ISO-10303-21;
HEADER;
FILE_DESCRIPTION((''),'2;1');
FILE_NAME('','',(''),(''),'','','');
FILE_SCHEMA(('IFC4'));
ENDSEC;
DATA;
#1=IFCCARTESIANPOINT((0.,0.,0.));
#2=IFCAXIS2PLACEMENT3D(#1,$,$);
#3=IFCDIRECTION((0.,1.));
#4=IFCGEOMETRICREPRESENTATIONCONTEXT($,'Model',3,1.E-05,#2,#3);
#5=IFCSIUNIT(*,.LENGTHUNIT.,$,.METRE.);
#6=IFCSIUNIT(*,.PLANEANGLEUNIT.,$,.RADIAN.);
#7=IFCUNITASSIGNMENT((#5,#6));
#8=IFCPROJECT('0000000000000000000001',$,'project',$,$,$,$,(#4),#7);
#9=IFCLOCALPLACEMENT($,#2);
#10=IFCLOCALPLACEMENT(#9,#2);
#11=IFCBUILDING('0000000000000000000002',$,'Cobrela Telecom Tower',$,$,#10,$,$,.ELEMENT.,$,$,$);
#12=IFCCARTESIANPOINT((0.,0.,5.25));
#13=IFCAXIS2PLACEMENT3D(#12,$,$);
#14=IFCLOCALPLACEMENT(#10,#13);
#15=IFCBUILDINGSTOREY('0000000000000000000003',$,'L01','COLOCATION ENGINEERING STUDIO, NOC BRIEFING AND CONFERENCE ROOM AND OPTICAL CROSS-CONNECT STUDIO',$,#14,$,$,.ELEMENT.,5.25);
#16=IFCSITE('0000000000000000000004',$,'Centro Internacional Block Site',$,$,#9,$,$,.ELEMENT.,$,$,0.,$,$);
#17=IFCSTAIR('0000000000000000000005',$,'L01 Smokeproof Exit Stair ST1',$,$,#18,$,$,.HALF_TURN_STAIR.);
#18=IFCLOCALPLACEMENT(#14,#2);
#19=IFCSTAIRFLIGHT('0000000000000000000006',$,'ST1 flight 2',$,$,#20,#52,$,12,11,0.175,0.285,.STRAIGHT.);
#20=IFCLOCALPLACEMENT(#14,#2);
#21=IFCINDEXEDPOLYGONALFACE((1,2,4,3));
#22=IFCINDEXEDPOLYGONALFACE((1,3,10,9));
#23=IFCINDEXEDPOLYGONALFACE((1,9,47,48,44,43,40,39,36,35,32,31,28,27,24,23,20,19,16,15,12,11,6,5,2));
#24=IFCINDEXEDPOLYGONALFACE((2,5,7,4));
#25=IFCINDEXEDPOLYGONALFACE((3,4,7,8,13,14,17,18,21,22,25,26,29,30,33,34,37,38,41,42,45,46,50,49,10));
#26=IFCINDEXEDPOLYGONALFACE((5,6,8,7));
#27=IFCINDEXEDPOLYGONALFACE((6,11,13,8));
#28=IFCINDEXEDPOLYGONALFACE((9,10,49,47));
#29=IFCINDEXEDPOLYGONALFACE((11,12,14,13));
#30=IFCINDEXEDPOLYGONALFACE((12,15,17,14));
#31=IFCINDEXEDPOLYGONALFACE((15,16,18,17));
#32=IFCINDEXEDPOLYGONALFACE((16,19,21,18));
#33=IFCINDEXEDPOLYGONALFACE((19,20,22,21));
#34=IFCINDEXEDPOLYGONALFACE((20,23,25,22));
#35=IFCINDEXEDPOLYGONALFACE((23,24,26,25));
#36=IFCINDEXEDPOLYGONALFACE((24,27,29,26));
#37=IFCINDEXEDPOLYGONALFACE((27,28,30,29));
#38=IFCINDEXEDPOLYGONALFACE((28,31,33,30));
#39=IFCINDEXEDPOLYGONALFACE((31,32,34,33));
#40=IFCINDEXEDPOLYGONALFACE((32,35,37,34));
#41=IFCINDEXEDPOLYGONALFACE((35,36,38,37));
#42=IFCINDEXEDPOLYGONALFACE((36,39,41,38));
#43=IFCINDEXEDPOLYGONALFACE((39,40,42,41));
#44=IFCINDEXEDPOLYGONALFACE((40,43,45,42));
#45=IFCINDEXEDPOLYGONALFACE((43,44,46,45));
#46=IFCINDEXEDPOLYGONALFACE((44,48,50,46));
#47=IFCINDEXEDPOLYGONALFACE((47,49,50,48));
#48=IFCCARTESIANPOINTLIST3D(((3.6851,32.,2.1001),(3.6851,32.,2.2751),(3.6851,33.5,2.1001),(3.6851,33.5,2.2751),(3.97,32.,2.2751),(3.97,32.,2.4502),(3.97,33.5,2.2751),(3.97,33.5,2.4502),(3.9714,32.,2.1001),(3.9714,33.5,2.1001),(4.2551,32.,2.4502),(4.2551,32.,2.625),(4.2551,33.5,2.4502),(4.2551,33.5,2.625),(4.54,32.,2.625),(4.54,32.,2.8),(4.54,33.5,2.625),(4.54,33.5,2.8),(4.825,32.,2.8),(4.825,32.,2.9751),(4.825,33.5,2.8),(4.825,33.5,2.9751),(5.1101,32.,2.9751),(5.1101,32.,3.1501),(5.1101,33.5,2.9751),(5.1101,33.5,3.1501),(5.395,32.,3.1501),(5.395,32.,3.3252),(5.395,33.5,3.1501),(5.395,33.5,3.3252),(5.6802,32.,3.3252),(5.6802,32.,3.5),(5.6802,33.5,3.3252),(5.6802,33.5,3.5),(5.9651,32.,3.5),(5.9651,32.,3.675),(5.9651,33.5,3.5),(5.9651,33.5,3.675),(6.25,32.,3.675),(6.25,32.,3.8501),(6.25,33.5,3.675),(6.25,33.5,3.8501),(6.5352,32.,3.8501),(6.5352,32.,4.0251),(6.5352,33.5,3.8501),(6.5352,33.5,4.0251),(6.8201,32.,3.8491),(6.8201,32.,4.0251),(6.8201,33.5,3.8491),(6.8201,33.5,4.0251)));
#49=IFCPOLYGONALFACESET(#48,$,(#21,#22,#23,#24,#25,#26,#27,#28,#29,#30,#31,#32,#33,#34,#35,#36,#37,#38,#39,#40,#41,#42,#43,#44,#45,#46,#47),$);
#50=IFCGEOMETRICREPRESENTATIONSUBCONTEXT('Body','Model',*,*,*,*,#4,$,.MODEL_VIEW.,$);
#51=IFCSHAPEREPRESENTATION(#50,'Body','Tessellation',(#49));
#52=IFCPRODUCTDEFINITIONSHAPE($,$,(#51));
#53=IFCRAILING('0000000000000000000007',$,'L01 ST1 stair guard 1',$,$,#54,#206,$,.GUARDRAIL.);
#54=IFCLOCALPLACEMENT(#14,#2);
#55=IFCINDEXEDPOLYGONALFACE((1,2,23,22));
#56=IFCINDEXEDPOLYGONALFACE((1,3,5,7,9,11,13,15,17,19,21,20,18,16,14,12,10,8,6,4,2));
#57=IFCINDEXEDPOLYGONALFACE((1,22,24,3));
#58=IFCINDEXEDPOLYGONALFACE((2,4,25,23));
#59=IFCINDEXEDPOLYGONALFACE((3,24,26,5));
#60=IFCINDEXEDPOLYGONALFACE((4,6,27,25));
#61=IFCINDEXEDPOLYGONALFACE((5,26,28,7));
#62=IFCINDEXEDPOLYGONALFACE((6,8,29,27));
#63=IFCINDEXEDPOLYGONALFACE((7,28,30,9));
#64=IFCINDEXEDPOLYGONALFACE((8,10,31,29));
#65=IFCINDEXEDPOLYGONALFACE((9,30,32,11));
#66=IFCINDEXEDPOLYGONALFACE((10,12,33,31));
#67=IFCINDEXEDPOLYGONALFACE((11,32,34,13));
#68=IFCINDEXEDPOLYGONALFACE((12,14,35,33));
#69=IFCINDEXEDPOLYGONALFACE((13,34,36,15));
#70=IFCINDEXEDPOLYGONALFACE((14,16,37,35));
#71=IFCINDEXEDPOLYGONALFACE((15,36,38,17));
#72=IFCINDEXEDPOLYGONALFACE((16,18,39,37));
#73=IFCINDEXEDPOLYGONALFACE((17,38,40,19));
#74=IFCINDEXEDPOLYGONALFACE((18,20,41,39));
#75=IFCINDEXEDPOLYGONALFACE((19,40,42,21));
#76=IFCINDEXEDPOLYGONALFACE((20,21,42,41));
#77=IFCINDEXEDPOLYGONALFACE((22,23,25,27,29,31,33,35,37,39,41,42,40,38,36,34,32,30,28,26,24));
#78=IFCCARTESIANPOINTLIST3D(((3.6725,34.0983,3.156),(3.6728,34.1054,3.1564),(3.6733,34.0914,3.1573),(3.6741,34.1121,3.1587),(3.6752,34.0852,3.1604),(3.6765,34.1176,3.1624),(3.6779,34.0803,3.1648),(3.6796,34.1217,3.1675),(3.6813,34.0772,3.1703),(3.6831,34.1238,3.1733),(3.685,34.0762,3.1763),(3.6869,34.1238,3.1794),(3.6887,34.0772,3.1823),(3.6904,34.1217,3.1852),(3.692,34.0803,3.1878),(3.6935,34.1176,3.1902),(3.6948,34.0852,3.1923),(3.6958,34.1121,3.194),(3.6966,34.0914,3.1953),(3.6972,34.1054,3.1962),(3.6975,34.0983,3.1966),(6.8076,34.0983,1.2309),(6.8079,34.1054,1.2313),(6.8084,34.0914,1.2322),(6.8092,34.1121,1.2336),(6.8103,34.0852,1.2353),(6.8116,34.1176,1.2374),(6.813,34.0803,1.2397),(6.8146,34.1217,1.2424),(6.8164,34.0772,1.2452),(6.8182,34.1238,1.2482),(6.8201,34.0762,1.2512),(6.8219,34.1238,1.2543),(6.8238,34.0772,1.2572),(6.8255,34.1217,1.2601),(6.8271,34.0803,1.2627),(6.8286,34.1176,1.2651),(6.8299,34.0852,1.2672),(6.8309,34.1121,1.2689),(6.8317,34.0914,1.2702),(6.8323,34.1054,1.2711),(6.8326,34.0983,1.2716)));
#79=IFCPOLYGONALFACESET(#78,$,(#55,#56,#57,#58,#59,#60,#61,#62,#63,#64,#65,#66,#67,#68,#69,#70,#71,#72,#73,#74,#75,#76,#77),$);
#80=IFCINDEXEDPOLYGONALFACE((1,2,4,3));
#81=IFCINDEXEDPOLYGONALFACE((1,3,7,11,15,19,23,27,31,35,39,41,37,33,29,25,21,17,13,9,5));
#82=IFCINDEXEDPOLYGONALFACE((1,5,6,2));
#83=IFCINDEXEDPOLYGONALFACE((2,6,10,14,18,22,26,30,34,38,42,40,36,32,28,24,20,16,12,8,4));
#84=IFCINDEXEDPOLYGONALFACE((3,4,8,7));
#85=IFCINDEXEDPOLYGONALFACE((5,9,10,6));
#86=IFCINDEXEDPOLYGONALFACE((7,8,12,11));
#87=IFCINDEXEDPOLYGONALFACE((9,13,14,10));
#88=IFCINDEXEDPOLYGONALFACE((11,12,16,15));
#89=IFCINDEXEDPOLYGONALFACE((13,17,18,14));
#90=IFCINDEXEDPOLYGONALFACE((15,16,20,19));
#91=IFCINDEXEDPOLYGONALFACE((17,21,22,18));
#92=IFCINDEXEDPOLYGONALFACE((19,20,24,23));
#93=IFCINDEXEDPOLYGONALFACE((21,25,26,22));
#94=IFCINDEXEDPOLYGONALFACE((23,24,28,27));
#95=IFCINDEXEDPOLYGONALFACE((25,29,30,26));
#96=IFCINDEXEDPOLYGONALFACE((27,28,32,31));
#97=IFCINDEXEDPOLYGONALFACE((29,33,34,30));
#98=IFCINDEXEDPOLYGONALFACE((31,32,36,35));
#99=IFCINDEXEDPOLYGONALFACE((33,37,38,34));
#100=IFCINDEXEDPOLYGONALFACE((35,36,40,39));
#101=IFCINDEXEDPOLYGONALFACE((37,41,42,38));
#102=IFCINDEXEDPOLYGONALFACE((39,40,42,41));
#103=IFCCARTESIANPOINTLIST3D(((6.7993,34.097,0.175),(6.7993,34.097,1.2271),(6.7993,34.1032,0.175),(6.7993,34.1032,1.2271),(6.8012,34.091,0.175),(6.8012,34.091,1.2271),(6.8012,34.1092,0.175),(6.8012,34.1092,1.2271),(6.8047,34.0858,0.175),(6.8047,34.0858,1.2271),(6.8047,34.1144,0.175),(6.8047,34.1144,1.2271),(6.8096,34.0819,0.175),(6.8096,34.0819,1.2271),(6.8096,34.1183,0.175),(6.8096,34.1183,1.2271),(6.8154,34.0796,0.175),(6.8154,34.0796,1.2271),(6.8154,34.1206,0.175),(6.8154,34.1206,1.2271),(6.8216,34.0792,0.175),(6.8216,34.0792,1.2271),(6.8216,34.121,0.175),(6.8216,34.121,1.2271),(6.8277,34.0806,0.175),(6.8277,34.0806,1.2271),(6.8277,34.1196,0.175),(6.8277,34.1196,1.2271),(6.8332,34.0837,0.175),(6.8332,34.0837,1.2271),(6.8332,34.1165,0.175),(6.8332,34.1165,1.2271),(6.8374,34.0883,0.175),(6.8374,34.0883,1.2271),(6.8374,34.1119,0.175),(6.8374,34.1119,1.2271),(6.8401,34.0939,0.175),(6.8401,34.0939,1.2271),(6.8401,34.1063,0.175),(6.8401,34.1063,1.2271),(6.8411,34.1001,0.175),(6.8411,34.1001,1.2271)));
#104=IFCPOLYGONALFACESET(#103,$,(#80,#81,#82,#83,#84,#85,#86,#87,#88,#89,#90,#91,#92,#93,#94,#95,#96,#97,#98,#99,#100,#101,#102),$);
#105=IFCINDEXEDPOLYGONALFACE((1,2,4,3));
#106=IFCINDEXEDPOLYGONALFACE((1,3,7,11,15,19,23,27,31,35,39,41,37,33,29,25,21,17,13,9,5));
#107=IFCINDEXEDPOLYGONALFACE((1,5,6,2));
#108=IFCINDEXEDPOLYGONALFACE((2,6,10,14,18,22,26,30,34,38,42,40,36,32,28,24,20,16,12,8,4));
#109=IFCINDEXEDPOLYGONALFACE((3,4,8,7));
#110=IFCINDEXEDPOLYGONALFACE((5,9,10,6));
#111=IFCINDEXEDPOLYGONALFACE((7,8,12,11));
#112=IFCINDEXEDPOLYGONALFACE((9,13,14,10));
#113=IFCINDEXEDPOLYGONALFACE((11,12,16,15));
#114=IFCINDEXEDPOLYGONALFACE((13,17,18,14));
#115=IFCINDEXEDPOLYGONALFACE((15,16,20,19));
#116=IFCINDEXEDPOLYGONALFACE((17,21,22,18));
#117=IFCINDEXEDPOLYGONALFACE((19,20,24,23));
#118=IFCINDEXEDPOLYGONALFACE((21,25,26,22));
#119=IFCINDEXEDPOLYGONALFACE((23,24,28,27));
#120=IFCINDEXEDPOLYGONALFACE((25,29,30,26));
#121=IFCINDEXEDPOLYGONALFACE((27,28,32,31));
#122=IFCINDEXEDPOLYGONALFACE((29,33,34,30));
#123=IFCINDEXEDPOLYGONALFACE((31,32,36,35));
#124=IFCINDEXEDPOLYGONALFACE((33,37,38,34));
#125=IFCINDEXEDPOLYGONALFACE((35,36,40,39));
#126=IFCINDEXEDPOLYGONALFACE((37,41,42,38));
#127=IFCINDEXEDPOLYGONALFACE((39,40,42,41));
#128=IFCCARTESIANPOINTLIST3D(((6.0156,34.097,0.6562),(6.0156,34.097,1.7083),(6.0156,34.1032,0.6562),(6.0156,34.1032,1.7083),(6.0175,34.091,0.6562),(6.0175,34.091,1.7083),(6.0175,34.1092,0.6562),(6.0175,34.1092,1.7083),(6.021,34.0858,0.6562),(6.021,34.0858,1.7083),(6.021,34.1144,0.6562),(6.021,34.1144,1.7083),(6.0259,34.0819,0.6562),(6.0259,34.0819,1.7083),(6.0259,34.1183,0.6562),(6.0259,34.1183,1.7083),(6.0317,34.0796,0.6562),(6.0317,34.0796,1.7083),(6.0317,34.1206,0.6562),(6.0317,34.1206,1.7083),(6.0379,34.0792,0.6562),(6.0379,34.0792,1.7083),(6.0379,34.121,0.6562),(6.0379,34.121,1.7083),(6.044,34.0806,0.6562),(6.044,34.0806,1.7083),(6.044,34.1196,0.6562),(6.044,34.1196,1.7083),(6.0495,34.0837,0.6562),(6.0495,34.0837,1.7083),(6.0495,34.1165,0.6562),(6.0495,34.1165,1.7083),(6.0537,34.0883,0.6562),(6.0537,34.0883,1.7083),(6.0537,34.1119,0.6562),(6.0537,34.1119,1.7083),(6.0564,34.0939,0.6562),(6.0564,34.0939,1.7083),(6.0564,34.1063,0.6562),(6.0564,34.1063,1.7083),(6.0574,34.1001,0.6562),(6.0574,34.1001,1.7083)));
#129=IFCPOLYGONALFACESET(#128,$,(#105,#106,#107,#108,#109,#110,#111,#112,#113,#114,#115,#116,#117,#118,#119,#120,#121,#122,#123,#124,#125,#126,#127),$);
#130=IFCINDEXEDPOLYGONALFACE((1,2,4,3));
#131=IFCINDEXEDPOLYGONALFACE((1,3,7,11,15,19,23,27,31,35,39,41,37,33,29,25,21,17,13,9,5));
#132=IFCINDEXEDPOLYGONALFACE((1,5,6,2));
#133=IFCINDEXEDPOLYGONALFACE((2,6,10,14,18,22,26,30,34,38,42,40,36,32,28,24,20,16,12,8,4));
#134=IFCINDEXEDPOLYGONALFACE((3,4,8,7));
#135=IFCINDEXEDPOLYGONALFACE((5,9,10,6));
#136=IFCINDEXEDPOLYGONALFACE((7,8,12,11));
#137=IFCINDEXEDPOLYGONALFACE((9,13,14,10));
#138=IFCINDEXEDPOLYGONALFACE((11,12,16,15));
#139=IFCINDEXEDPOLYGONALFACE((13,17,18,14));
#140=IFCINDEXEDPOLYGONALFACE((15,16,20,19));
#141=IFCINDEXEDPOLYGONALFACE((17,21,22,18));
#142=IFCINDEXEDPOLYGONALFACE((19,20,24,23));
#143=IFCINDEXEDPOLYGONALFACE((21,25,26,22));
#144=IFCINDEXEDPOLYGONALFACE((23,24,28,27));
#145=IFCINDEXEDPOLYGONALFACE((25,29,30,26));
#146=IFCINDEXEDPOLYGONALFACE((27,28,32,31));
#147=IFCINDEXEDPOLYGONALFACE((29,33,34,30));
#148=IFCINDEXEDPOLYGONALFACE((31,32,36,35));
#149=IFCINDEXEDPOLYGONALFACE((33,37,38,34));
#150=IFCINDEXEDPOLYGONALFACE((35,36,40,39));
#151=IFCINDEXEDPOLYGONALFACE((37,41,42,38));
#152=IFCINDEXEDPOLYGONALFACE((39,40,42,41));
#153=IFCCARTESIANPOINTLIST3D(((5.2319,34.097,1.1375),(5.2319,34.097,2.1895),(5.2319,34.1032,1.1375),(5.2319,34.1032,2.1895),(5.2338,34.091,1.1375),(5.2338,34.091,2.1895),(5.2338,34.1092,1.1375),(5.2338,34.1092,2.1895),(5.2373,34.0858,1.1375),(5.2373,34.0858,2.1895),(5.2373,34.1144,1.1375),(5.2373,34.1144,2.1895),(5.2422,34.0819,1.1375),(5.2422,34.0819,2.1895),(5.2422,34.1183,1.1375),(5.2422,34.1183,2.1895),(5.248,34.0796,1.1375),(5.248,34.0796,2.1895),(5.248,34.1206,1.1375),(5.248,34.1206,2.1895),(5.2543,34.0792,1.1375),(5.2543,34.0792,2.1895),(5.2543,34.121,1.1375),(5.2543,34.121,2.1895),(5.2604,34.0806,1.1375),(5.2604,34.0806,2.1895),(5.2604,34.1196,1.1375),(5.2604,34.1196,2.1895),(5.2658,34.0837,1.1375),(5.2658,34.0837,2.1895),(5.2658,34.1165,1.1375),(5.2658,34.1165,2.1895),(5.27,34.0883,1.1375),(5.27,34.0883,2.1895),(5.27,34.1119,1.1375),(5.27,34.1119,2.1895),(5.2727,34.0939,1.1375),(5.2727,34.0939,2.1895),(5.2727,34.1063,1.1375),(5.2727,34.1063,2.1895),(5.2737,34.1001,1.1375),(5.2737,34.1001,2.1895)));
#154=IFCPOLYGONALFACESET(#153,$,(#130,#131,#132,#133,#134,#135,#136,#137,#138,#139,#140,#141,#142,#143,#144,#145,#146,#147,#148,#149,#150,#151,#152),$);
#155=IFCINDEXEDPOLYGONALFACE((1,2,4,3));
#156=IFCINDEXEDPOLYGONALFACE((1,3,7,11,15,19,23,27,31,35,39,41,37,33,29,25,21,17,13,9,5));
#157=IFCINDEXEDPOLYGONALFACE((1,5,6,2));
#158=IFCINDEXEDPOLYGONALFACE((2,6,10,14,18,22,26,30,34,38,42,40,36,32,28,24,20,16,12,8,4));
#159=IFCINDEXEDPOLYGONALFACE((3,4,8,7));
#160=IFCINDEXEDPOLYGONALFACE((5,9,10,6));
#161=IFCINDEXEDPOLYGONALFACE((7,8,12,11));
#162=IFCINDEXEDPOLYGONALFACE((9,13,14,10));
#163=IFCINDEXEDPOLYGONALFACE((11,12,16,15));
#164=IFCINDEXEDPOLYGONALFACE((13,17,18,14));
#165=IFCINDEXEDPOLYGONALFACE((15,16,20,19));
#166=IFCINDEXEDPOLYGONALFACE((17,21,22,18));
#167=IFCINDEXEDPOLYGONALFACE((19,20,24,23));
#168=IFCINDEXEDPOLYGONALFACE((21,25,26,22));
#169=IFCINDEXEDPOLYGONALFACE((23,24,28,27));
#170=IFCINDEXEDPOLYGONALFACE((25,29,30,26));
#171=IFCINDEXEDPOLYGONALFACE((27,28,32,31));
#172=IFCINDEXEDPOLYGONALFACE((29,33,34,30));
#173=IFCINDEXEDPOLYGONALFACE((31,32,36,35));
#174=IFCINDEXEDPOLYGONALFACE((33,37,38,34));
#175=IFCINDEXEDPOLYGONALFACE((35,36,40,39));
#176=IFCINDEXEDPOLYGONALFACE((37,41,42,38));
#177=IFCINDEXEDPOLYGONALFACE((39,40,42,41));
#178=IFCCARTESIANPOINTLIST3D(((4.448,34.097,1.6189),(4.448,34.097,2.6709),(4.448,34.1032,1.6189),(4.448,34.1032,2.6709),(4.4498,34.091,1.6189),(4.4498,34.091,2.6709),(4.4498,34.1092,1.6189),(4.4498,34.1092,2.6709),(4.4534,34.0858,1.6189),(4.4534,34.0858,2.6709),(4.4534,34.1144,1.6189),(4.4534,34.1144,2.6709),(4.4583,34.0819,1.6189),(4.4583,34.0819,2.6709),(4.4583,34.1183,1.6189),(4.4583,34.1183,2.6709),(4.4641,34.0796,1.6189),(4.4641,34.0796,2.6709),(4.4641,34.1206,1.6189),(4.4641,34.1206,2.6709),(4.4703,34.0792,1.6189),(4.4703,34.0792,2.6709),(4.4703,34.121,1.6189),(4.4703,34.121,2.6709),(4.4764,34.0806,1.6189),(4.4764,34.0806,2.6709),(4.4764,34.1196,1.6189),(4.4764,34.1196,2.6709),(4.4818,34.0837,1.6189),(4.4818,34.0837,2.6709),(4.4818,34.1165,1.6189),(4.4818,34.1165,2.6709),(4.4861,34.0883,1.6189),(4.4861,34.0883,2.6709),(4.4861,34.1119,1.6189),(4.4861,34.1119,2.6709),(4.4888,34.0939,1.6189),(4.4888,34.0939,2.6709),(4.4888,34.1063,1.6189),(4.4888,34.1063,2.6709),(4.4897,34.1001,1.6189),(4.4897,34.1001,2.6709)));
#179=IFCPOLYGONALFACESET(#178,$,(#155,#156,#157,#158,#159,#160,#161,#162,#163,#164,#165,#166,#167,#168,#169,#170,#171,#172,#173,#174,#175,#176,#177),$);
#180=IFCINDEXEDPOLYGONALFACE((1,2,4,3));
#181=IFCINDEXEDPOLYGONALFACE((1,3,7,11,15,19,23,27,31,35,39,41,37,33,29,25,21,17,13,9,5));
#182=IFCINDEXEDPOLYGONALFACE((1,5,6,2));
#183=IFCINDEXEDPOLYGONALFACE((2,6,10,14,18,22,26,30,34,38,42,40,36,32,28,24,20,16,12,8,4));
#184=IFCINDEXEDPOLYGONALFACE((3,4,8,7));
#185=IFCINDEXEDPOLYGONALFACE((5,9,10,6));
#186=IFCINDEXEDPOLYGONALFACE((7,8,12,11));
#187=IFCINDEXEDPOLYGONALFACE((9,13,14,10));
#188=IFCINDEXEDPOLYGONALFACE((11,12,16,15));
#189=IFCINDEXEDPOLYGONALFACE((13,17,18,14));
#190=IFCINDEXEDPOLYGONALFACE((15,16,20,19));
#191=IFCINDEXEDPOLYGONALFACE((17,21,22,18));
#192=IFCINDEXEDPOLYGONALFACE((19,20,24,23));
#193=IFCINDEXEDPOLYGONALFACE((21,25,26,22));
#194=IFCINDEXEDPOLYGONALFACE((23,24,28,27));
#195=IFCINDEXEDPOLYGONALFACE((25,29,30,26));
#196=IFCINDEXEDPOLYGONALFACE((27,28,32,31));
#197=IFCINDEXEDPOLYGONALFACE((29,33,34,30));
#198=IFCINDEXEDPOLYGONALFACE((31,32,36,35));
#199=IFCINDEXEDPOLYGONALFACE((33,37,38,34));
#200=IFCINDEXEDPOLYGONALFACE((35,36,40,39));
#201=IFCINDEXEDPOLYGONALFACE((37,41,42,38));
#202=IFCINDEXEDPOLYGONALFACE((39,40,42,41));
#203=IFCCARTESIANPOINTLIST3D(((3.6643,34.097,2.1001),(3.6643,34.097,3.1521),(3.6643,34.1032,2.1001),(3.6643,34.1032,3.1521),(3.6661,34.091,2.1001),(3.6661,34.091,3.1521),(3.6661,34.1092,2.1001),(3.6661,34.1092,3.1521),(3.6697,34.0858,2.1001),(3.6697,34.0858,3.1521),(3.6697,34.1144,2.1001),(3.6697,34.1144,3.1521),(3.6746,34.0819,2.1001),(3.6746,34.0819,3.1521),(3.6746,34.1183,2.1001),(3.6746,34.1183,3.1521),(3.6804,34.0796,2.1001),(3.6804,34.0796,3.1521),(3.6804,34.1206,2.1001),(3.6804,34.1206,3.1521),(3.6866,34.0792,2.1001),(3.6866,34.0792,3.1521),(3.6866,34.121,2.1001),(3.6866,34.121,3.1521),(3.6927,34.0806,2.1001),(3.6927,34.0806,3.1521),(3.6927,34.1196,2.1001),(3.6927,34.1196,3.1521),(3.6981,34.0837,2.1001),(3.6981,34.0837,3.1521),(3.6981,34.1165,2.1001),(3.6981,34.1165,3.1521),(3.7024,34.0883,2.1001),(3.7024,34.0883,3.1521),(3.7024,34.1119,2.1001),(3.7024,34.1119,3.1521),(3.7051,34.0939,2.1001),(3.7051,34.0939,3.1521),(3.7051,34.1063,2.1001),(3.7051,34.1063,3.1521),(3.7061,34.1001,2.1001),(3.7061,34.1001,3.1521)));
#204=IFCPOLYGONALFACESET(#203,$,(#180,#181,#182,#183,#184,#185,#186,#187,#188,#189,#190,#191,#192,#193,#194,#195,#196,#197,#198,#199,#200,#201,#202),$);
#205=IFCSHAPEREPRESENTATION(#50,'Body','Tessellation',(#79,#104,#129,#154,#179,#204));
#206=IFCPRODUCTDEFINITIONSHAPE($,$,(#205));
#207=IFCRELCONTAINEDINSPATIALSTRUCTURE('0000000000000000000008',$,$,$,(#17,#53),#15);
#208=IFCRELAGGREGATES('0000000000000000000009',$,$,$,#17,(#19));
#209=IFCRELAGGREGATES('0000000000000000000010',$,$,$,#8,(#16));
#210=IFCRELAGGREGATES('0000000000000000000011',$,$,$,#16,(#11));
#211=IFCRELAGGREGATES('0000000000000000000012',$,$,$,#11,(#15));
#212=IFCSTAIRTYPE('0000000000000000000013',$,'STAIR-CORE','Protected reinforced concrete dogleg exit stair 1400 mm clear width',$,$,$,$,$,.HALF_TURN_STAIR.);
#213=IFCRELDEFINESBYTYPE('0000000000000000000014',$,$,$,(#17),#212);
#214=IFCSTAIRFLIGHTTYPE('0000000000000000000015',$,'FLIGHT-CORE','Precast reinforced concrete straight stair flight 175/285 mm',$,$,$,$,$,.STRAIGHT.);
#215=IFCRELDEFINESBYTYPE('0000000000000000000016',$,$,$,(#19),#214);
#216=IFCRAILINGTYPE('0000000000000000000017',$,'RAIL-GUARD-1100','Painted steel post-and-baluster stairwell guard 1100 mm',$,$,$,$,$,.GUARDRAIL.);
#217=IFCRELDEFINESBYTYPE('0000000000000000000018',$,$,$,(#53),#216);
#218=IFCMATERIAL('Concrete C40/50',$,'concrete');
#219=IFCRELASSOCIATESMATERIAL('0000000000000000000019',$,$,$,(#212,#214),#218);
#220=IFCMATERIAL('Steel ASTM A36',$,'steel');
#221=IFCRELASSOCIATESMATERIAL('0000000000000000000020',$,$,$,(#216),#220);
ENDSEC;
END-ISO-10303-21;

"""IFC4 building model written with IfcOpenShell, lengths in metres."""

from ifc_helpers import new_model, si_unit, direction, frame, origin, origin_2d, place, context, subcontext, project, spatial, polyline, circle, outline, extrude, material, type_object, element, aggregate, save


model = new_model("IFC4")

# Units and contexts
model_context = context("Model", 3, precision=1e-05, world=origin(), true_north=direction((0.0, 1.0)))
body_context = subcontext(model_context, "Body", "Model", "MODEL_VIEW")
ifc_project = project(units=[si_unit("LENGTHUNIT", "METRE"), si_unit("PLANEANGLEUNIT", "RADIAN")], contexts=[model_context])

# Site, building, storey
site_placement = place(None, origin())
site = spatial("IfcSite", under=ifc_project, at=site_placement, Name="Centro Internacional Block Site", CompositionType="ELEMENT", RefElevation=0.0)
building_placement = place(site_placement, origin())
building = spatial("IfcBuilding", under=site, at=building_placement, Name="Cobrela Telecom Tower", CompositionType="ELEMENT")
storey_placement = place(building_placement, frame((0.0, 0.0, 5.25)))
storey = spatial("IfcBuildingStorey", under=building, at=storey_placement, Name="L01", Description="COLOCATION ENGINEERING STUDIO, NOC BRIEFING AND CONFERENCE ROOM AND OPTICAL CROSS-CONNECT STUDIO", CompositionType="ELEMENT", Elevation=5.25)

# Shared definitions
ifc_material_1 = material(Name="Steel ASTM A36", Category="steel")

# Shared definitions
ifc_material_2 = material(Name="Concrete C40/50", Category="concrete")

# Stair, stair flight
stair_type = type_object("IfcStairType", Name="STAIR-CORE", Description="Protected reinforced concrete dogleg exit stair 1400 mm clear width", PredefinedType="HALF_TURN_STAIR", material=ifc_material_2)
stair_placement = place(storey_placement, origin())
stair = element("IfcStair", 1, at=stair_placement, inside=storey, type_object=stair_type, Name="L01 Smokeproof Exit Stair ST1", PredefinedType="HALF_TURN_STAIR")
stair_flight_type = type_object("IfcStairFlightType", Name="FLIGHT-CORE", Description="Precast reinforced concrete straight stair flight 175/285 mm", PredefinedType="STRAIGHT", material=ifc_material_2)
stair_flight_placement = place(storey_placement, frame((3.6851, 32.75, 2.1001), z_axis=(0.0, 0.0, 1.0), x_axis=(1.0, 0.0, 0.0)))
stair_flight = element("IfcStairFlight", 2, at=stair_flight_placement, type_object=stair_flight_type, Name="ST1 flight 2", NumberOfRisers=12, NumberOfTreads=11, PredefinedType="STRAIGHT", RiserHeight=0.175, TreadLength=0.285, context=body_context, shape_type="SweptSolid", body=[
    extrude(outline(polyline([(0.0, 0.0), (0.0, 0.175), (0.2849, 0.175), (0.2849, 0.3501), (0.5701, 0.3501), (0.5701, 0.5249), (0.855, 0.5249), (0.855, 0.7), (1.1399, 0.7), (1.1399, 0.875), (1.425, 0.875), (1.425, 1.05), (1.71, 1.05), (1.71, 1.2251), (1.9951, 1.2251), (1.9951, 1.3999), (2.28, 1.3999), (2.28, 1.575), (2.5649, 1.575), (2.5649, 1.75), (2.8501, 1.75), (2.8501, 1.925), (3.135, 1.925), (3.135, 2.1001), (3.135, 1.749), (0.2864, 0.0), (0.0, 0.0)])), frame((0.0, 0.75, 0.0), z_axis=(0.0, -1.0, 0.0), x_axis=(1.0, 0.0, 0.0)), (0.0, 0.0, 1.0), 1.5),
])
aggregate(stair, [stair_flight])

# Railing
railing_type_1 = type_object("IfcRailingType", Name="RAIL-GUARD-1100", Description="Painted steel post-and-baluster stairwell guard 1100 mm", PredefinedType="GUARDRAIL", material=ifc_material_1)
railing_1_placement = place(storey_placement, frame((6.8201, 34.1001, 0.175)))
element("IfcRailing", 3, at=railing_1_placement, inside=storey, type_object=railing_type_1, Name="L01 ST1 stair guard 1", PredefinedType="GUARDRAIL", context=body_context, shape_type="SweptSolid", body=[
    extrude(circle(Radius=0.0239, at=origin_2d()), frame((0.0, 0.0, 1.0762), z_axis=(-0.852166, 0.0, 0.523271), x_axis=(0.0, -1.0, 0.0)), (0.0, 0.0, 1.0), 3.679),
    extrude(circle(Radius=0.021, at=origin_2d()), origin(), (0.0, 0.0, 1.0), 1.052),
    extrude(circle(Radius=0.021, at=origin_2d()), frame((-0.7837, 0.0, 0.4812)), (0.0, 0.0, 1.0), 1.052),
    extrude(circle(Radius=0.021, at=origin_2d()), frame((-1.5674, 0.0, 0.9624)), (0.0, 0.0, 1.0), 1.052),
    extrude(circle(Radius=0.021, at=origin_2d()), frame((-2.3513, 0.0, 1.4438)), (0.0, 0.0, 1.0), 1.052),
    extrude(circle(Radius=0.021, at=origin_2d()), frame((-3.135, 0.0, 1.925)), (0.0, 0.0, 1.0), 1.052),
])

save(model, "model.ifc")
